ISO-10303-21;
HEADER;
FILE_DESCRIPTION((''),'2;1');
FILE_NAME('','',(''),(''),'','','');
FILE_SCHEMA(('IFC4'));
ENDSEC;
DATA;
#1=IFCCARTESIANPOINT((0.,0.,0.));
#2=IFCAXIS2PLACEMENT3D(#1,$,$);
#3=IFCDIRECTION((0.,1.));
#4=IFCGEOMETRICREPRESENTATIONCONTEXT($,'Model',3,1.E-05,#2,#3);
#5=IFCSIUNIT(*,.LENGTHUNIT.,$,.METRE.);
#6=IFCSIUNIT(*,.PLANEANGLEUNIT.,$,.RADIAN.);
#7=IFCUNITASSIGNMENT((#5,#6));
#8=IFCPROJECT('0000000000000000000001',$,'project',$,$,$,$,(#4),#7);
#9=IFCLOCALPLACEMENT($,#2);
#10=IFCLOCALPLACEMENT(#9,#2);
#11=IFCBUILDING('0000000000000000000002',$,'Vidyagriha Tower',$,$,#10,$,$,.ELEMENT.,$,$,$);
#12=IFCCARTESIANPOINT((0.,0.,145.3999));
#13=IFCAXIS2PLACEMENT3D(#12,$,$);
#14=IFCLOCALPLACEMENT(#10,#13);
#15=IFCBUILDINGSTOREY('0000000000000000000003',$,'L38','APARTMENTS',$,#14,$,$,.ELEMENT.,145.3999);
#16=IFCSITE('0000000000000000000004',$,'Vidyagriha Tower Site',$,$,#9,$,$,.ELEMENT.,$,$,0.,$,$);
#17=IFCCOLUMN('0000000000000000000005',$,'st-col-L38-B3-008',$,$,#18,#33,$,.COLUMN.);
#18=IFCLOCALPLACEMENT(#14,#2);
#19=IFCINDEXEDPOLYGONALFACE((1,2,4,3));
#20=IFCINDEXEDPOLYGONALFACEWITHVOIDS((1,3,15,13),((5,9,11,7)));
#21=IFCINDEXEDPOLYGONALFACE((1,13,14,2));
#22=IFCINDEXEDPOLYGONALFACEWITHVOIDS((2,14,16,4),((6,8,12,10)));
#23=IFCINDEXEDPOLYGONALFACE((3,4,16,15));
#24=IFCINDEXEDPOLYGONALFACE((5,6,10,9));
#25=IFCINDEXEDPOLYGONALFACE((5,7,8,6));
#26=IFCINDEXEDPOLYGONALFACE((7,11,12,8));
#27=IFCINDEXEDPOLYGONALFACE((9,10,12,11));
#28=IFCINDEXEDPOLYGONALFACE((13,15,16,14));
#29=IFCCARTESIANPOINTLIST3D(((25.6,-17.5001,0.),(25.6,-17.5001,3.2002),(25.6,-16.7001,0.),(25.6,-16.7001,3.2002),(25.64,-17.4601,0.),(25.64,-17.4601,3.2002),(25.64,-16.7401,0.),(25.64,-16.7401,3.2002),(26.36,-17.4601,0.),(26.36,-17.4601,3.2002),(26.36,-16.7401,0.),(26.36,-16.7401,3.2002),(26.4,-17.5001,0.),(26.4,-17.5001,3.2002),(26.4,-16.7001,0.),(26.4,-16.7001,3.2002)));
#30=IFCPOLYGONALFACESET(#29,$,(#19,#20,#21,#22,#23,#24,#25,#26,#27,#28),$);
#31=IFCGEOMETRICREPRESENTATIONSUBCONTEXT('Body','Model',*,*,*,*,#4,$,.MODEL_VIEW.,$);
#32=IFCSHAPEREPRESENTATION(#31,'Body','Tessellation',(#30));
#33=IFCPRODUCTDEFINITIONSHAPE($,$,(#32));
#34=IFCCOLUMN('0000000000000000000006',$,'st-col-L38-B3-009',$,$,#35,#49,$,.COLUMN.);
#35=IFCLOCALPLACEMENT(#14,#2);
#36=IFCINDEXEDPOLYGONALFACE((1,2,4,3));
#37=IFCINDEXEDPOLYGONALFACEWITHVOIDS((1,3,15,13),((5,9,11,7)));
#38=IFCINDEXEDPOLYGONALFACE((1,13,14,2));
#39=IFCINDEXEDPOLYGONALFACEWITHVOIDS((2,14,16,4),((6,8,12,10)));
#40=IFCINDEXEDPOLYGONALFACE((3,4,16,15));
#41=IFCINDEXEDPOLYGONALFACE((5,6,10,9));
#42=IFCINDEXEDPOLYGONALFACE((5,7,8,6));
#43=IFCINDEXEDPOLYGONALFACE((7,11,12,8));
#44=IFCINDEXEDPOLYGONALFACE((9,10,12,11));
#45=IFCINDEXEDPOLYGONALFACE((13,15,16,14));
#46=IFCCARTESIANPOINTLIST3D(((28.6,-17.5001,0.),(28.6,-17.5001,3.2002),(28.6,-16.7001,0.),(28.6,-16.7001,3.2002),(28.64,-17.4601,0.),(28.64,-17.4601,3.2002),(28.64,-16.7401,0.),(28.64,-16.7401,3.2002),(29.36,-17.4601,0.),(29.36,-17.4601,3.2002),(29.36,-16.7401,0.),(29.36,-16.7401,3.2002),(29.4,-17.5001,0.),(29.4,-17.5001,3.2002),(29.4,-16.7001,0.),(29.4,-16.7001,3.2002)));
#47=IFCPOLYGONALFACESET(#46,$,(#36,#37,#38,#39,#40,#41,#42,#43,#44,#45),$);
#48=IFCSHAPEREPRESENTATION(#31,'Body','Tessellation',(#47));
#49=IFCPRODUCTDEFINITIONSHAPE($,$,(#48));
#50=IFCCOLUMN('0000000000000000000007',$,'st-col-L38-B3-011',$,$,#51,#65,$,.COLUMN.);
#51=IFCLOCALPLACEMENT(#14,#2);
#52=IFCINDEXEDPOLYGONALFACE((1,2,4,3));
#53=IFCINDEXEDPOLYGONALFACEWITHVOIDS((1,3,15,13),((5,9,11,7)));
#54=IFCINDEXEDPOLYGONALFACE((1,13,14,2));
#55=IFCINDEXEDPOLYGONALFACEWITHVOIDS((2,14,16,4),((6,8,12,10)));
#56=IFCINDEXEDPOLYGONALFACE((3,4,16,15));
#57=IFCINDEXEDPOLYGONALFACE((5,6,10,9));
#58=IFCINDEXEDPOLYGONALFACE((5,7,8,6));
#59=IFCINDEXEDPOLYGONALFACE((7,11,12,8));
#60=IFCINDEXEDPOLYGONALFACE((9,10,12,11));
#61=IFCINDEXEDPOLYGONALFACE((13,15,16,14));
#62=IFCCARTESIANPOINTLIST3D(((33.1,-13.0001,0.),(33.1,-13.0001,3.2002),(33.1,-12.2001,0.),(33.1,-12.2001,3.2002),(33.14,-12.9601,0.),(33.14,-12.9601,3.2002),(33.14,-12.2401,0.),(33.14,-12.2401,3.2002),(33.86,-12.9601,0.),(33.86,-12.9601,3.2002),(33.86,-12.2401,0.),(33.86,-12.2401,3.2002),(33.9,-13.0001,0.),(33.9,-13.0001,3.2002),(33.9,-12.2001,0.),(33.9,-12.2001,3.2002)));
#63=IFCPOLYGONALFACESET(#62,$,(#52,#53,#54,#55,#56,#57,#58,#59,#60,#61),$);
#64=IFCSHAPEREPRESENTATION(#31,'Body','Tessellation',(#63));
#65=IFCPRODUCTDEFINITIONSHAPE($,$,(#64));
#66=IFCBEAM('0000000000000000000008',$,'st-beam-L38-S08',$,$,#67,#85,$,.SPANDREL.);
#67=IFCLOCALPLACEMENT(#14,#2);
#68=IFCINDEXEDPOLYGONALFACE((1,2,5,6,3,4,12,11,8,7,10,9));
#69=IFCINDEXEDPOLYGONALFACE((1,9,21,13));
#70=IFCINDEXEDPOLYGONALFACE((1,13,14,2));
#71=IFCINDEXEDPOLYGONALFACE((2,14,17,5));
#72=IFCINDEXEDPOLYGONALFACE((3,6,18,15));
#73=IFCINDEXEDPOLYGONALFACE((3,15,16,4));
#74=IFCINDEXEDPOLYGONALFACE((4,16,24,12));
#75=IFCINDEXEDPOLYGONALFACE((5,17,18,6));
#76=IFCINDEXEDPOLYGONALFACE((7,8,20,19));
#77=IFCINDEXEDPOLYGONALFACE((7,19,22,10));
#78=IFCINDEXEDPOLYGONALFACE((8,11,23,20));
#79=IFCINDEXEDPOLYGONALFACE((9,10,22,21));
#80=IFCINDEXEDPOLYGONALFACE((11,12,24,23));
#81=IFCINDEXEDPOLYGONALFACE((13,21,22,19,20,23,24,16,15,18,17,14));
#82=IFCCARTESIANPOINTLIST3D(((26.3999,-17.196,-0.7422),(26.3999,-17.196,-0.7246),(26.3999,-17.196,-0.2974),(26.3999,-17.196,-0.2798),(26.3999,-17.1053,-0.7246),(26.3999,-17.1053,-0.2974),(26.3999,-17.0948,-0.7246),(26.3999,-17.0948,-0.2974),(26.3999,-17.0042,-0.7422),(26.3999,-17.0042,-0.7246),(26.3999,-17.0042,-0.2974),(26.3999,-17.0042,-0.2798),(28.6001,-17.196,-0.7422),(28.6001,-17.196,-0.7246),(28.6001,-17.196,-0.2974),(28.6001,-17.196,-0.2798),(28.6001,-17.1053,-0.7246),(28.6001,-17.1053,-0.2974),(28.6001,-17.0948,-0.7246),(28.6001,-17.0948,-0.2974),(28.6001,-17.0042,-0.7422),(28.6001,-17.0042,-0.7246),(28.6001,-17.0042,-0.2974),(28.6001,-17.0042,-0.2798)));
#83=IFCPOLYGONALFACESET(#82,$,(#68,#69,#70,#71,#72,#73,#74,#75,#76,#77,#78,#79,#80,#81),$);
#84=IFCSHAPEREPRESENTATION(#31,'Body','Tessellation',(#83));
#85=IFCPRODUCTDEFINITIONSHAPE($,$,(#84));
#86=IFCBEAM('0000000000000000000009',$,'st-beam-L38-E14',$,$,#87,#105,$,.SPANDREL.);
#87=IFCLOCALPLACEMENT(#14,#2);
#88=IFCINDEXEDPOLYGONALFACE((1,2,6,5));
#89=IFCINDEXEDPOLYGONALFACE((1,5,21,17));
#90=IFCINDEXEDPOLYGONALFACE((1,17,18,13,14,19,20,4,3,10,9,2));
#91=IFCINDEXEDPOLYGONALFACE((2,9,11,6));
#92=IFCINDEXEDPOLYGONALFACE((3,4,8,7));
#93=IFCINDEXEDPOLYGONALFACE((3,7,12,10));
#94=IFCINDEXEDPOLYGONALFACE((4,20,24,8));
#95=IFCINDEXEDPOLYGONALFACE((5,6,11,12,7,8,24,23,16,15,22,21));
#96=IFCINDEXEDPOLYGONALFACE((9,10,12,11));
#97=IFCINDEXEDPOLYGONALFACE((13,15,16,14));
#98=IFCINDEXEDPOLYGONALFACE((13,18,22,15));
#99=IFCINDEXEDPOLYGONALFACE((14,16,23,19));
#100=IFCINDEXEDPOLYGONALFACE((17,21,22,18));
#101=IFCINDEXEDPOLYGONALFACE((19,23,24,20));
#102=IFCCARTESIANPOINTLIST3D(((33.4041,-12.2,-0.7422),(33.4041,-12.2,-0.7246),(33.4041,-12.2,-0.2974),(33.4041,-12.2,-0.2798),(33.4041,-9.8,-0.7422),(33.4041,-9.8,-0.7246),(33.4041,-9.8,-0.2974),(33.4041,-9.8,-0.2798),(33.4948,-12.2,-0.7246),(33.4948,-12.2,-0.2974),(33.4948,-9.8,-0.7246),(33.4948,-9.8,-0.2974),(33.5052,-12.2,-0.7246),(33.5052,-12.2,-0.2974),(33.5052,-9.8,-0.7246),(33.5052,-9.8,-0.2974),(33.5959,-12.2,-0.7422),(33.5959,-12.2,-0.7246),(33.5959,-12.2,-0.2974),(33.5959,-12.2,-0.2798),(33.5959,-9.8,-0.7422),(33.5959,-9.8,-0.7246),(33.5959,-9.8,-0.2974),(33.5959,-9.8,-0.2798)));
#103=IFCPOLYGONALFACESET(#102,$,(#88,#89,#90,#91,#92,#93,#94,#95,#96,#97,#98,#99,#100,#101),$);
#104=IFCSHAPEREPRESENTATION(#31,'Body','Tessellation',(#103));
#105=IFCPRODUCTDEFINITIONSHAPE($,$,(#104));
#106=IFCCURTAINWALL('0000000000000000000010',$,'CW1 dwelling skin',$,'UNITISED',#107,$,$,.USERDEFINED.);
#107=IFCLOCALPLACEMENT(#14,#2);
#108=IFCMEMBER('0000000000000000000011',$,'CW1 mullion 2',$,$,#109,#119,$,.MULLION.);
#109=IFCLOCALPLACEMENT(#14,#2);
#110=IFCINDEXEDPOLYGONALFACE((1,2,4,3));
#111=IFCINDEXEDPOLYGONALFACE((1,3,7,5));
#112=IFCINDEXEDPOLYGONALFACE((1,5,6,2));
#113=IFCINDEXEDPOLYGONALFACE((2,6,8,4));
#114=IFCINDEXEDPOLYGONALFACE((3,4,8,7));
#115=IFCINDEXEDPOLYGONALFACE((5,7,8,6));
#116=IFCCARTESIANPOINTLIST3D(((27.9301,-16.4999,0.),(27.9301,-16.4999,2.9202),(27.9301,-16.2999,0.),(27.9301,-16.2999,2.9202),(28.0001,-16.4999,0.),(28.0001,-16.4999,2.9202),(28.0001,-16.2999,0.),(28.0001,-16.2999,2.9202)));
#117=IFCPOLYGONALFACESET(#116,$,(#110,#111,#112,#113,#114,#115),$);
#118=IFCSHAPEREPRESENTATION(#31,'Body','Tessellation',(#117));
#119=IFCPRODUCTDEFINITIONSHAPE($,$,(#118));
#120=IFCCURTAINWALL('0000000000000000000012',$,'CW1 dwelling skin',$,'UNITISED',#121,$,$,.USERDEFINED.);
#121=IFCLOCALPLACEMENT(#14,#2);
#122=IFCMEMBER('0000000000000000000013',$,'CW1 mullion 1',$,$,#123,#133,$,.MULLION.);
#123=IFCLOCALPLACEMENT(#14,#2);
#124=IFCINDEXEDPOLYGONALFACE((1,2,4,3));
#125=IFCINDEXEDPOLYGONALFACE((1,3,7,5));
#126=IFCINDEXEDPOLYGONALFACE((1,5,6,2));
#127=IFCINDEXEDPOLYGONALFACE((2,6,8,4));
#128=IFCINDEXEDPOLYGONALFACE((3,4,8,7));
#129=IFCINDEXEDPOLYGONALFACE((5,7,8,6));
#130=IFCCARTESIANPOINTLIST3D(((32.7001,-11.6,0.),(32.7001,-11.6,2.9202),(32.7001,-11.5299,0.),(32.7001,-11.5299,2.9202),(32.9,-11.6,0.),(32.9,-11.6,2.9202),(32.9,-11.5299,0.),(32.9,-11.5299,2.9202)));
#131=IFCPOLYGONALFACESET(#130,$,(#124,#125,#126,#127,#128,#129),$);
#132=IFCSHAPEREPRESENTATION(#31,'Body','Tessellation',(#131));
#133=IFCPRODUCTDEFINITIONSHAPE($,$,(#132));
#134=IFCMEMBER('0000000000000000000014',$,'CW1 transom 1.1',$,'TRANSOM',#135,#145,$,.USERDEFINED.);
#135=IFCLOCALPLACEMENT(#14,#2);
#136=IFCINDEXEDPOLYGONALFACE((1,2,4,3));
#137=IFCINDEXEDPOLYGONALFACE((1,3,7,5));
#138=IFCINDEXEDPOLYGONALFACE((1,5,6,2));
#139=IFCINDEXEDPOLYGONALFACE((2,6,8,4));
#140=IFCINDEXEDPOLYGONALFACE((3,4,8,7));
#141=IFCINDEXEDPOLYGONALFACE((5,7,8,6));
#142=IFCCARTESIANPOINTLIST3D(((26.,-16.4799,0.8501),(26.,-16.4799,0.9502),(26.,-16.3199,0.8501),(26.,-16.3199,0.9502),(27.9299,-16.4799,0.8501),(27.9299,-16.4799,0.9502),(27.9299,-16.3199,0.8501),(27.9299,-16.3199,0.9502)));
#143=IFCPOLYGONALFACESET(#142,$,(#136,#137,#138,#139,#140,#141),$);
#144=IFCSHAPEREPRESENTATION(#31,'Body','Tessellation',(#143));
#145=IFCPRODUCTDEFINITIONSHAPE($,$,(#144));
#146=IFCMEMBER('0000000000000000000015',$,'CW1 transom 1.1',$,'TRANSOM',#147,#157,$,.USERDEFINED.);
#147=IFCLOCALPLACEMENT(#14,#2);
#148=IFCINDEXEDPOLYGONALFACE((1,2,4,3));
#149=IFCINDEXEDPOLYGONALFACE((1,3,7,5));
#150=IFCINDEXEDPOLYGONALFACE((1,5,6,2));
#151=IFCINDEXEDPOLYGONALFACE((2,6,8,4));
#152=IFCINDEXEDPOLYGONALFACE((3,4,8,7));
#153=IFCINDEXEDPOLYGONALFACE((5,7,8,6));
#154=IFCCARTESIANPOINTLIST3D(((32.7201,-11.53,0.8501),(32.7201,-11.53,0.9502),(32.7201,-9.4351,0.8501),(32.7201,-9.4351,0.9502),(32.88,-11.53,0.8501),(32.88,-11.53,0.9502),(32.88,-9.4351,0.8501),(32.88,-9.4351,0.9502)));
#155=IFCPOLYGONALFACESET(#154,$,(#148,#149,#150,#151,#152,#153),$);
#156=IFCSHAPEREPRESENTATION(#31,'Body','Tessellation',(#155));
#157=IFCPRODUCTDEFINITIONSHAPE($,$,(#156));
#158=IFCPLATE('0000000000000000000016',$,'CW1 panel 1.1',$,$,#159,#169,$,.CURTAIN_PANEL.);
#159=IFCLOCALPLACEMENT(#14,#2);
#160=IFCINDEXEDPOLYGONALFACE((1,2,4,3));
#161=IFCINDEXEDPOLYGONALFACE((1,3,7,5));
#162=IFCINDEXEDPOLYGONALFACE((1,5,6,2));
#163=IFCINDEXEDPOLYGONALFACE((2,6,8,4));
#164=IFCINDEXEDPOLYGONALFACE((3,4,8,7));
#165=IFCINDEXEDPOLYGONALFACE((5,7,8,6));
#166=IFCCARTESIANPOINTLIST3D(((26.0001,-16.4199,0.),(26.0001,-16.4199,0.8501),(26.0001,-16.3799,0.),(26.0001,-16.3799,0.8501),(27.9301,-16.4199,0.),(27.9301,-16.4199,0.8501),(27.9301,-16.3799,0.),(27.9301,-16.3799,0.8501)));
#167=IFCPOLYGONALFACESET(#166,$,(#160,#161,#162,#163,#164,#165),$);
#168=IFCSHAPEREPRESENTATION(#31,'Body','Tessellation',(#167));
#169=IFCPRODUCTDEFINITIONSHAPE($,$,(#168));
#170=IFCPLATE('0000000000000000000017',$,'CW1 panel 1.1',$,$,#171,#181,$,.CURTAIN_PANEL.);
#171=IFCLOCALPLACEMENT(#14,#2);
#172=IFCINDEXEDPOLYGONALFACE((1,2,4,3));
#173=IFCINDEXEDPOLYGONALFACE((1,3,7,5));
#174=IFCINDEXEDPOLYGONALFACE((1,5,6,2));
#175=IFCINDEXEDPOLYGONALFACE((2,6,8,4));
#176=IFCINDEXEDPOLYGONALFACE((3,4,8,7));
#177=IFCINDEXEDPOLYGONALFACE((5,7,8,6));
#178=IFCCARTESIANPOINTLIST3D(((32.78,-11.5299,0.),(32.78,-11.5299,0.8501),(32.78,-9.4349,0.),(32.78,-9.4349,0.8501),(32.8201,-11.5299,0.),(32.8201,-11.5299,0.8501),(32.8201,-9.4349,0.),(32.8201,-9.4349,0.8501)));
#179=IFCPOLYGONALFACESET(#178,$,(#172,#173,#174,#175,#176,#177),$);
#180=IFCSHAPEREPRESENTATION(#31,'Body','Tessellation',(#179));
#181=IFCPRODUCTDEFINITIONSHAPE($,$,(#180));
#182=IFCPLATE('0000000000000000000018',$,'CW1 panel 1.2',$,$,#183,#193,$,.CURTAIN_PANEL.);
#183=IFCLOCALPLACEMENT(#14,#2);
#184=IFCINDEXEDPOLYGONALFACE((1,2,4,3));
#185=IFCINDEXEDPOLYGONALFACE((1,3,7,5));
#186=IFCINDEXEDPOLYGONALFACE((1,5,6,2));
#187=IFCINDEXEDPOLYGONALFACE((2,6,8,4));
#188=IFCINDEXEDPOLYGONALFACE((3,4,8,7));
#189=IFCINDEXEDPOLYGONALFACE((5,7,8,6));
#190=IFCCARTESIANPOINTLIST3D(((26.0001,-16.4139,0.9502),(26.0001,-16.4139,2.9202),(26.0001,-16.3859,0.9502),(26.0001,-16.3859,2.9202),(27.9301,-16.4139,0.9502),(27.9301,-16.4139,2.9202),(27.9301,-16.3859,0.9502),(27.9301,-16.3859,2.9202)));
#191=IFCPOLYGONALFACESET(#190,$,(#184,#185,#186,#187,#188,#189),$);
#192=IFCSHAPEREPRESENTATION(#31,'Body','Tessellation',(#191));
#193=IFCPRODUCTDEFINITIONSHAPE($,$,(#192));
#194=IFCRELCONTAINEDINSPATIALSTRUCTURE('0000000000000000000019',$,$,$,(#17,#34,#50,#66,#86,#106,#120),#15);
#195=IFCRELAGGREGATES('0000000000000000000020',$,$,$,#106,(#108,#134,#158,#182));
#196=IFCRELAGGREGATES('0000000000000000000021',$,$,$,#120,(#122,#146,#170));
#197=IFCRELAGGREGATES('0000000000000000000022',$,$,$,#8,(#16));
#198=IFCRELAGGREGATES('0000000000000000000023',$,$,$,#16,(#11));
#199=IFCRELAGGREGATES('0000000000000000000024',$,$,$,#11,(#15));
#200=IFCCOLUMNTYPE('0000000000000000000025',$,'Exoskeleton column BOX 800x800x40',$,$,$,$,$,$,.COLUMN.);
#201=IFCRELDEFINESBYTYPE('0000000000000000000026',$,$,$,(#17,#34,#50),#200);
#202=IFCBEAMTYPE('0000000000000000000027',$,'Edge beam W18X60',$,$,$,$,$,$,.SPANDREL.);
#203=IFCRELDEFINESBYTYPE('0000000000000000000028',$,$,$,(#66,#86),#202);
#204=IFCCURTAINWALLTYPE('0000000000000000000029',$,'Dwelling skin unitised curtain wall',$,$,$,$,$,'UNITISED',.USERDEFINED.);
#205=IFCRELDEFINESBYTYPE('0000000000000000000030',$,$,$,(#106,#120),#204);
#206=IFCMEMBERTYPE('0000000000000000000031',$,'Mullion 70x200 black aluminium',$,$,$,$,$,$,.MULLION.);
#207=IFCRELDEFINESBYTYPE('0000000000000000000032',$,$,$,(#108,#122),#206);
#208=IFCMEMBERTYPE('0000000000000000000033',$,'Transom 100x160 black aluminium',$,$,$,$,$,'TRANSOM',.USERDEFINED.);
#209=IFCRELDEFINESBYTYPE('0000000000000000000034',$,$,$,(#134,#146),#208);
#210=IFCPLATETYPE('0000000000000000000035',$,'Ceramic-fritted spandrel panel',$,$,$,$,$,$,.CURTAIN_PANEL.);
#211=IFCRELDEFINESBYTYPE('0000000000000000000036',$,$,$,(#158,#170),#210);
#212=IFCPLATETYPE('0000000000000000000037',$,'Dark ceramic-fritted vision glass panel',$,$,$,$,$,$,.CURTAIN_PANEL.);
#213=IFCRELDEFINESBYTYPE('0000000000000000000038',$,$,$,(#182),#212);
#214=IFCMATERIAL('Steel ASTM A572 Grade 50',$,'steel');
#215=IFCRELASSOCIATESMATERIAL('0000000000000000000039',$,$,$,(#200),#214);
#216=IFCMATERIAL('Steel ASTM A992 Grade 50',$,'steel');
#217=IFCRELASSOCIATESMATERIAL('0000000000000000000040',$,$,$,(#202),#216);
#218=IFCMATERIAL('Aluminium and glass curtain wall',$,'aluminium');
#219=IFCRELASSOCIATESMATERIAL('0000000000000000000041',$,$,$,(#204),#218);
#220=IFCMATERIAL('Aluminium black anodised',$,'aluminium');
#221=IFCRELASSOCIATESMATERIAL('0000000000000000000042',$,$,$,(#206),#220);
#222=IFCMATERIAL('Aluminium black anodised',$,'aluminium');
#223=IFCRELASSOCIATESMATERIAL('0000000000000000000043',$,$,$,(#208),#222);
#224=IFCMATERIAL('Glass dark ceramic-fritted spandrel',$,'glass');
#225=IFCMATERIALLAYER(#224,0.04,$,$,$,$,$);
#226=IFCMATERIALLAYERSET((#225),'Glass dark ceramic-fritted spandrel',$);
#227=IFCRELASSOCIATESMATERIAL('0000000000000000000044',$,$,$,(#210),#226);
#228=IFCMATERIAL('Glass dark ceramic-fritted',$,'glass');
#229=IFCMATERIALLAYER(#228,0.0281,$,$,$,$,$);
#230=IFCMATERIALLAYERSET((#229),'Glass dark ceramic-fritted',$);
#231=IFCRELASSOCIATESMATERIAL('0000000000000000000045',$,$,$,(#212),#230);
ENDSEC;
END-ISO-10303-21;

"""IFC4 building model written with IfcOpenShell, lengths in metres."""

from ifc_helpers import new_model, si_unit, direction, frame, origin, origin_2d, place, context, subcontext, project, spatial, rectangle, hollow_rectangle, i_section, extrude, material, layer, layer_set, material_profile, profile_set, type_object, element, aggregate, save


model = new_model("IFC4")

# Units and contexts
model_context = context("Model", 3, precision=1e-05, world=origin(), true_north=direction((0.0, 1.0)))
body_context = subcontext(model_context, "Body", "Model", "MODEL_VIEW")
ifc_project = project(units=[si_unit("LENGTHUNIT", "METRE"), si_unit("PLANEANGLEUNIT", "RADIAN")], contexts=[model_context])

# Site, building, storey
site_placement = place(None, origin())
site = spatial("IfcSite", under=ifc_project, at=site_placement, Name="Vidyagriha Tower Site", CompositionType="ELEMENT", RefElevation=0.0)
building_placement = place(site_placement, origin())
building = spatial("IfcBuilding", under=site, at=building_placement, Name="Vidyagriha Tower", CompositionType="ELEMENT")
storey_placement = place(building_placement, frame((0.0, 0.0, 145.3999)))
storey = spatial("IfcBuildingStorey", under=building, at=storey_placement, Name="L38", Description="APARTMENTS", CompositionType="ELEMENT", Elevation=145.3999)

# Columns
ifc_material_1 = material(Name="Steel ASTM A572 Grade 50", Category="steel")
ifc_material_profile_1 = material_profile(ifc_material_1, hollow_rectangle(XDim=0.8, YDim=0.8, WallThickness=0.04, at=origin_2d()), Name="BOX 800x800x40")
ifc_profile_set_1 = profile_set([ifc_material_profile_1], Name="Steel ASTM A572 Grade 50")
column_type = type_object("IfcColumnType", Name="Exoskeleton column BOX 800x800x40", PredefinedType="COLUMN", material=ifc_profile_set_1)
for number, where, name in (
    (1, (26.0, -17.1001, 0.0), "st-col-L38-B3-008"),
    (2, (29.0, -17.1001, 0.0), "st-col-L38-B3-009"),
    (3, (33.5, -12.6001, 0.0), "st-col-L38-B3-011"),
):
    element("IfcColumn", number, at=place(storey_placement, frame(where)), inside=storey, type_object=column_type, Name=name, PredefinedType="COLUMN", context=body_context, shape_type="SweptSolid", body=[
        extrude(hollow_rectangle(XDim=0.8, YDim=0.8, WallThickness=0.04, at=origin_2d()), origin(), (0.0, 0.0, 1.0), 3.2002),
    ])

# Beams
ifc_material_2 = material(Name="Steel ASTM A992 Grade 50", Category="steel")
ifc_material_profile_2 = material_profile(ifc_material_2, i_section(OverallWidth=0.1919, OverallDepth=0.4624, WebThickness=0.0105, FlangeThickness=0.0176, at=origin_2d()), Name="W18X60")
ifc_profile_set_2 = profile_set([ifc_material_profile_2], Name="Steel ASTM A992 Grade 50")
beam_type = type_object("IfcBeamType", Name="Edge beam W18X60", PredefinedType="SPANDREL", material=ifc_profile_set_2)
beam_1_placement = place(storey_placement, frame((26.3999, -17.1001, -0.511), z_axis=(1.0, 0.0, 0.0), x_axis=(0.0, 1.0, 0.0)))
element("IfcBeam", 4, at=beam_1_placement, inside=storey, type_object=beam_type, Name="st-beam-L38-S08", PredefinedType="SPANDREL", context=body_context, shape_type="SweptSolid", body=[
    extrude(i_section(OverallWidth=0.1919, OverallDepth=0.4624, WebThickness=0.0105, FlangeThickness=0.0176, at=origin_2d()), origin(), (0.0, 0.0, 1.0), 2.2002),
])
beam_2_placement = place(storey_placement, frame((33.5, -12.2, -0.511), z_axis=(0.0, 1.0, 0.0), x_axis=(-1.0, 0.0, 0.0)))
element("IfcBeam", 5, at=beam_2_placement, inside=storey, type_object=beam_type, Name="st-beam-L38-E14", PredefinedType="SPANDREL", context=body_context, shape_type="SweptSolid", body=[
    extrude(i_section(OverallWidth=0.1919, OverallDepth=0.4624, WebThickness=0.0105, FlangeThickness=0.0176, at=origin_2d()), origin(), (0.0, 0.0, 1.0), 2.3999),
])

# Curtain walls, members
ifc_material_3 = material(Name="Aluminium and glass curtain wall", Category="aluminium")
curtain_wall_type = type_object("IfcCurtainWallType", Name="Dwelling skin unitised curtain wall", ElementType="UNITISED", PredefinedType="USERDEFINED", material=ifc_material_3)
curtain_wall_1_placement = place(storey_placement, origin())
curtain_wall_1 = element("IfcCurtainWall", 6, at=curtain_wall_1_placement, inside=storey, type_object=curtain_wall_type, Name="CW1 dwelling skin", ObjectType="UNITISED", PredefinedType="USERDEFINED")
ifc_material_4 = material(Name="Aluminium black anodised", Category="aluminium")
ifc_material_profile_3 = material_profile(ifc_material_4, rectangle(XDim=0.2, YDim=0.0701, at=origin_2d()), Name="Mullion 70x200 black aluminium")
ifc_profile_set_3 = profile_set([ifc_material_profile_3], Name="Aluminium black anodised")
member_type_1 = type_object("IfcMemberType", Name="Mullion 70x200 black aluminium", PredefinedType="MULLION", material=ifc_profile_set_3)
member_1_placement = place(storey_placement, frame((27.9651, -16.3999, 0.0), z_axis=(0.0, 0.0, 1.0), x_axis=(0.0, 1.0, 0.0)))
member_1 = element("IfcMember", 7, at=member_1_placement, type_object=member_type_1, Name="CW1 mullion 2", PredefinedType="MULLION", context=body_context, shape_type="SweptSolid", body=[
    extrude(rectangle(XDim=0.2, YDim=0.0701, at=origin_2d()), origin(), (0.0, 0.0, 1.0), 2.9202),
])
curtain_wall_2_placement = place(storey_placement, origin())
curtain_wall_2 = element("IfcCurtainWall", 8, at=curtain_wall_2_placement, inside=storey, type_object=curtain_wall_type, Name="CW1 dwelling skin", ObjectType="UNITISED", PredefinedType="USERDEFINED")
member_2_placement = place(storey_placement, frame((32.8, -11.5649, 0.0), z_axis=(0.0, 0.0, 1.0), x_axis=(-1.0, 0.0, 0.0)))
member_2 = element("IfcMember", 9, at=member_2_placement, type_object=member_type_1, Name="CW1 mullion 1", PredefinedType="MULLION", context=body_context, shape_type="SweptSolid", body=[
    extrude(rectangle(XDim=0.2, YDim=0.0701, at=origin_2d()), origin(), (0.0, 0.0, 1.0), 2.9202),
])

# Members
ifc_material_5 = material(Name="Aluminium black anodised", Category="aluminium")
ifc_material_profile_4 = material_profile(ifc_material_5, rectangle(XDim=0.1599, YDim=0.1001, at=origin_2d()), Name="Transom 100x160 black aluminium")
ifc_profile_set_4 = profile_set([ifc_material_profile_4], Name="Aluminium black anodised")
member_type_2 = type_object("IfcMemberType", Name="Transom 100x160 black aluminium", ElementType="TRANSOM", PredefinedType="USERDEFINED", material=ifc_profile_set_4)
member_3_placement = place(storey_placement, frame((26.0, -16.3999, 0.9001), z_axis=(1.0, 0.0, 0.0), x_axis=(0.0, 1.0, 0.0)))
member_3 = element("IfcMember", 10, at=member_3_placement, type_object=member_type_2, Name="CW1 transom 1.1", ObjectType="TRANSOM", PredefinedType="USERDEFINED", context=body_context, shape_type="SweptSolid", body=[
    extrude(rectangle(XDim=0.1599, YDim=0.1001, at=origin_2d()), origin(), (0.0, 0.0, 1.0), 1.9299),
])
member_4_placement = place(storey_placement, frame((32.8, -11.53, 0.9001), z_axis=(0.0, 1.0, 0.0), x_axis=(-1.0, 0.0, 0.0)))
member_4 = element("IfcMember", 11, at=member_4_placement, type_object=member_type_2, Name="CW1 transom 1.1", ObjectType="TRANSOM", PredefinedType="USERDEFINED", context=body_context, shape_type="SweptSolid", body=[
    extrude(rectangle(XDim=0.1599, YDim=0.1001, at=origin_2d()), origin(), (0.0, 0.0, 1.0), 2.095),
])

# Plates
ifc_material_6 = material(Name="Glass dark ceramic-fritted spandrel", Category="glass")
ifc_layer_1 = layer(ifc_material_6, 0.04)
ifc_layer_set_1 = layer_set([ifc_layer_1], Name="Glass dark ceramic-fritted spandrel")
plate_type_1 = type_object("IfcPlateType", Name="Ceramic-fritted spandrel panel", PredefinedType="CURTAIN_PANEL", material=ifc_layer_set_1)
plate_1_placement = place(storey_placement, frame((26.9651, -16.3999, 0.0)))
plate_1 = element("IfcPlate", 12, at=plate_1_placement, type_object=plate_type_1, Name="CW1 panel 1.1", PredefinedType="CURTAIN_PANEL", context=body_context, shape_type="SweptSolid", body=[
    extrude(rectangle(XDim=1.9299, YDim=0.04, at=origin_2d()), origin(), (0.0, 0.0, 1.0), 0.8501),
])
plate_2_placement = place(storey_placement, frame((32.8, -10.4824, 0.0), z_axis=(0.0, 0.0, 1.0), x_axis=(0.0, 1.0, 0.0)))
plate_2 = element("IfcPlate", 13, at=plate_2_placement, type_object=plate_type_1, Name="CW1 panel 1.1", PredefinedType="CURTAIN_PANEL", context=body_context, shape_type="SweptSolid", body=[
    extrude(rectangle(XDim=2.095, YDim=0.04, at=origin_2d()), origin(), (0.0, 0.0, 1.0), 0.8501),
])
ifc_material_7 = material(Name="Glass dark ceramic-fritted", Category="glass")
ifc_layer_2 = layer(ifc_material_7, 0.0281)
ifc_layer_set_2 = layer_set([ifc_layer_2], Name="Glass dark ceramic-fritted")
plate_type_2 = type_object("IfcPlateType", Name="Dark ceramic-fritted vision glass panel", PredefinedType="CURTAIN_PANEL", material=ifc_layer_set_2)
plate_3_placement = place(storey_placement, frame((26.9651, -16.3999, 0.9502)))
plate_3 = element("IfcPlate", 14, at=plate_3_placement, type_object=plate_type_2, Name="CW1 panel 1.2", PredefinedType="CURTAIN_PANEL", context=body_context, shape_type="SweptSolid", body=[
    extrude(rectangle(XDim=1.9299, YDim=0.0281, at=origin_2d()), origin(), (0.0, 0.0, 1.0), 1.97),
])
aggregate(curtain_wall_1, [member_1, member_3, plate_1, plate_3])
aggregate(curtain_wall_2, [member_2, member_4, plate_2])

save(model, "model.ifc")
